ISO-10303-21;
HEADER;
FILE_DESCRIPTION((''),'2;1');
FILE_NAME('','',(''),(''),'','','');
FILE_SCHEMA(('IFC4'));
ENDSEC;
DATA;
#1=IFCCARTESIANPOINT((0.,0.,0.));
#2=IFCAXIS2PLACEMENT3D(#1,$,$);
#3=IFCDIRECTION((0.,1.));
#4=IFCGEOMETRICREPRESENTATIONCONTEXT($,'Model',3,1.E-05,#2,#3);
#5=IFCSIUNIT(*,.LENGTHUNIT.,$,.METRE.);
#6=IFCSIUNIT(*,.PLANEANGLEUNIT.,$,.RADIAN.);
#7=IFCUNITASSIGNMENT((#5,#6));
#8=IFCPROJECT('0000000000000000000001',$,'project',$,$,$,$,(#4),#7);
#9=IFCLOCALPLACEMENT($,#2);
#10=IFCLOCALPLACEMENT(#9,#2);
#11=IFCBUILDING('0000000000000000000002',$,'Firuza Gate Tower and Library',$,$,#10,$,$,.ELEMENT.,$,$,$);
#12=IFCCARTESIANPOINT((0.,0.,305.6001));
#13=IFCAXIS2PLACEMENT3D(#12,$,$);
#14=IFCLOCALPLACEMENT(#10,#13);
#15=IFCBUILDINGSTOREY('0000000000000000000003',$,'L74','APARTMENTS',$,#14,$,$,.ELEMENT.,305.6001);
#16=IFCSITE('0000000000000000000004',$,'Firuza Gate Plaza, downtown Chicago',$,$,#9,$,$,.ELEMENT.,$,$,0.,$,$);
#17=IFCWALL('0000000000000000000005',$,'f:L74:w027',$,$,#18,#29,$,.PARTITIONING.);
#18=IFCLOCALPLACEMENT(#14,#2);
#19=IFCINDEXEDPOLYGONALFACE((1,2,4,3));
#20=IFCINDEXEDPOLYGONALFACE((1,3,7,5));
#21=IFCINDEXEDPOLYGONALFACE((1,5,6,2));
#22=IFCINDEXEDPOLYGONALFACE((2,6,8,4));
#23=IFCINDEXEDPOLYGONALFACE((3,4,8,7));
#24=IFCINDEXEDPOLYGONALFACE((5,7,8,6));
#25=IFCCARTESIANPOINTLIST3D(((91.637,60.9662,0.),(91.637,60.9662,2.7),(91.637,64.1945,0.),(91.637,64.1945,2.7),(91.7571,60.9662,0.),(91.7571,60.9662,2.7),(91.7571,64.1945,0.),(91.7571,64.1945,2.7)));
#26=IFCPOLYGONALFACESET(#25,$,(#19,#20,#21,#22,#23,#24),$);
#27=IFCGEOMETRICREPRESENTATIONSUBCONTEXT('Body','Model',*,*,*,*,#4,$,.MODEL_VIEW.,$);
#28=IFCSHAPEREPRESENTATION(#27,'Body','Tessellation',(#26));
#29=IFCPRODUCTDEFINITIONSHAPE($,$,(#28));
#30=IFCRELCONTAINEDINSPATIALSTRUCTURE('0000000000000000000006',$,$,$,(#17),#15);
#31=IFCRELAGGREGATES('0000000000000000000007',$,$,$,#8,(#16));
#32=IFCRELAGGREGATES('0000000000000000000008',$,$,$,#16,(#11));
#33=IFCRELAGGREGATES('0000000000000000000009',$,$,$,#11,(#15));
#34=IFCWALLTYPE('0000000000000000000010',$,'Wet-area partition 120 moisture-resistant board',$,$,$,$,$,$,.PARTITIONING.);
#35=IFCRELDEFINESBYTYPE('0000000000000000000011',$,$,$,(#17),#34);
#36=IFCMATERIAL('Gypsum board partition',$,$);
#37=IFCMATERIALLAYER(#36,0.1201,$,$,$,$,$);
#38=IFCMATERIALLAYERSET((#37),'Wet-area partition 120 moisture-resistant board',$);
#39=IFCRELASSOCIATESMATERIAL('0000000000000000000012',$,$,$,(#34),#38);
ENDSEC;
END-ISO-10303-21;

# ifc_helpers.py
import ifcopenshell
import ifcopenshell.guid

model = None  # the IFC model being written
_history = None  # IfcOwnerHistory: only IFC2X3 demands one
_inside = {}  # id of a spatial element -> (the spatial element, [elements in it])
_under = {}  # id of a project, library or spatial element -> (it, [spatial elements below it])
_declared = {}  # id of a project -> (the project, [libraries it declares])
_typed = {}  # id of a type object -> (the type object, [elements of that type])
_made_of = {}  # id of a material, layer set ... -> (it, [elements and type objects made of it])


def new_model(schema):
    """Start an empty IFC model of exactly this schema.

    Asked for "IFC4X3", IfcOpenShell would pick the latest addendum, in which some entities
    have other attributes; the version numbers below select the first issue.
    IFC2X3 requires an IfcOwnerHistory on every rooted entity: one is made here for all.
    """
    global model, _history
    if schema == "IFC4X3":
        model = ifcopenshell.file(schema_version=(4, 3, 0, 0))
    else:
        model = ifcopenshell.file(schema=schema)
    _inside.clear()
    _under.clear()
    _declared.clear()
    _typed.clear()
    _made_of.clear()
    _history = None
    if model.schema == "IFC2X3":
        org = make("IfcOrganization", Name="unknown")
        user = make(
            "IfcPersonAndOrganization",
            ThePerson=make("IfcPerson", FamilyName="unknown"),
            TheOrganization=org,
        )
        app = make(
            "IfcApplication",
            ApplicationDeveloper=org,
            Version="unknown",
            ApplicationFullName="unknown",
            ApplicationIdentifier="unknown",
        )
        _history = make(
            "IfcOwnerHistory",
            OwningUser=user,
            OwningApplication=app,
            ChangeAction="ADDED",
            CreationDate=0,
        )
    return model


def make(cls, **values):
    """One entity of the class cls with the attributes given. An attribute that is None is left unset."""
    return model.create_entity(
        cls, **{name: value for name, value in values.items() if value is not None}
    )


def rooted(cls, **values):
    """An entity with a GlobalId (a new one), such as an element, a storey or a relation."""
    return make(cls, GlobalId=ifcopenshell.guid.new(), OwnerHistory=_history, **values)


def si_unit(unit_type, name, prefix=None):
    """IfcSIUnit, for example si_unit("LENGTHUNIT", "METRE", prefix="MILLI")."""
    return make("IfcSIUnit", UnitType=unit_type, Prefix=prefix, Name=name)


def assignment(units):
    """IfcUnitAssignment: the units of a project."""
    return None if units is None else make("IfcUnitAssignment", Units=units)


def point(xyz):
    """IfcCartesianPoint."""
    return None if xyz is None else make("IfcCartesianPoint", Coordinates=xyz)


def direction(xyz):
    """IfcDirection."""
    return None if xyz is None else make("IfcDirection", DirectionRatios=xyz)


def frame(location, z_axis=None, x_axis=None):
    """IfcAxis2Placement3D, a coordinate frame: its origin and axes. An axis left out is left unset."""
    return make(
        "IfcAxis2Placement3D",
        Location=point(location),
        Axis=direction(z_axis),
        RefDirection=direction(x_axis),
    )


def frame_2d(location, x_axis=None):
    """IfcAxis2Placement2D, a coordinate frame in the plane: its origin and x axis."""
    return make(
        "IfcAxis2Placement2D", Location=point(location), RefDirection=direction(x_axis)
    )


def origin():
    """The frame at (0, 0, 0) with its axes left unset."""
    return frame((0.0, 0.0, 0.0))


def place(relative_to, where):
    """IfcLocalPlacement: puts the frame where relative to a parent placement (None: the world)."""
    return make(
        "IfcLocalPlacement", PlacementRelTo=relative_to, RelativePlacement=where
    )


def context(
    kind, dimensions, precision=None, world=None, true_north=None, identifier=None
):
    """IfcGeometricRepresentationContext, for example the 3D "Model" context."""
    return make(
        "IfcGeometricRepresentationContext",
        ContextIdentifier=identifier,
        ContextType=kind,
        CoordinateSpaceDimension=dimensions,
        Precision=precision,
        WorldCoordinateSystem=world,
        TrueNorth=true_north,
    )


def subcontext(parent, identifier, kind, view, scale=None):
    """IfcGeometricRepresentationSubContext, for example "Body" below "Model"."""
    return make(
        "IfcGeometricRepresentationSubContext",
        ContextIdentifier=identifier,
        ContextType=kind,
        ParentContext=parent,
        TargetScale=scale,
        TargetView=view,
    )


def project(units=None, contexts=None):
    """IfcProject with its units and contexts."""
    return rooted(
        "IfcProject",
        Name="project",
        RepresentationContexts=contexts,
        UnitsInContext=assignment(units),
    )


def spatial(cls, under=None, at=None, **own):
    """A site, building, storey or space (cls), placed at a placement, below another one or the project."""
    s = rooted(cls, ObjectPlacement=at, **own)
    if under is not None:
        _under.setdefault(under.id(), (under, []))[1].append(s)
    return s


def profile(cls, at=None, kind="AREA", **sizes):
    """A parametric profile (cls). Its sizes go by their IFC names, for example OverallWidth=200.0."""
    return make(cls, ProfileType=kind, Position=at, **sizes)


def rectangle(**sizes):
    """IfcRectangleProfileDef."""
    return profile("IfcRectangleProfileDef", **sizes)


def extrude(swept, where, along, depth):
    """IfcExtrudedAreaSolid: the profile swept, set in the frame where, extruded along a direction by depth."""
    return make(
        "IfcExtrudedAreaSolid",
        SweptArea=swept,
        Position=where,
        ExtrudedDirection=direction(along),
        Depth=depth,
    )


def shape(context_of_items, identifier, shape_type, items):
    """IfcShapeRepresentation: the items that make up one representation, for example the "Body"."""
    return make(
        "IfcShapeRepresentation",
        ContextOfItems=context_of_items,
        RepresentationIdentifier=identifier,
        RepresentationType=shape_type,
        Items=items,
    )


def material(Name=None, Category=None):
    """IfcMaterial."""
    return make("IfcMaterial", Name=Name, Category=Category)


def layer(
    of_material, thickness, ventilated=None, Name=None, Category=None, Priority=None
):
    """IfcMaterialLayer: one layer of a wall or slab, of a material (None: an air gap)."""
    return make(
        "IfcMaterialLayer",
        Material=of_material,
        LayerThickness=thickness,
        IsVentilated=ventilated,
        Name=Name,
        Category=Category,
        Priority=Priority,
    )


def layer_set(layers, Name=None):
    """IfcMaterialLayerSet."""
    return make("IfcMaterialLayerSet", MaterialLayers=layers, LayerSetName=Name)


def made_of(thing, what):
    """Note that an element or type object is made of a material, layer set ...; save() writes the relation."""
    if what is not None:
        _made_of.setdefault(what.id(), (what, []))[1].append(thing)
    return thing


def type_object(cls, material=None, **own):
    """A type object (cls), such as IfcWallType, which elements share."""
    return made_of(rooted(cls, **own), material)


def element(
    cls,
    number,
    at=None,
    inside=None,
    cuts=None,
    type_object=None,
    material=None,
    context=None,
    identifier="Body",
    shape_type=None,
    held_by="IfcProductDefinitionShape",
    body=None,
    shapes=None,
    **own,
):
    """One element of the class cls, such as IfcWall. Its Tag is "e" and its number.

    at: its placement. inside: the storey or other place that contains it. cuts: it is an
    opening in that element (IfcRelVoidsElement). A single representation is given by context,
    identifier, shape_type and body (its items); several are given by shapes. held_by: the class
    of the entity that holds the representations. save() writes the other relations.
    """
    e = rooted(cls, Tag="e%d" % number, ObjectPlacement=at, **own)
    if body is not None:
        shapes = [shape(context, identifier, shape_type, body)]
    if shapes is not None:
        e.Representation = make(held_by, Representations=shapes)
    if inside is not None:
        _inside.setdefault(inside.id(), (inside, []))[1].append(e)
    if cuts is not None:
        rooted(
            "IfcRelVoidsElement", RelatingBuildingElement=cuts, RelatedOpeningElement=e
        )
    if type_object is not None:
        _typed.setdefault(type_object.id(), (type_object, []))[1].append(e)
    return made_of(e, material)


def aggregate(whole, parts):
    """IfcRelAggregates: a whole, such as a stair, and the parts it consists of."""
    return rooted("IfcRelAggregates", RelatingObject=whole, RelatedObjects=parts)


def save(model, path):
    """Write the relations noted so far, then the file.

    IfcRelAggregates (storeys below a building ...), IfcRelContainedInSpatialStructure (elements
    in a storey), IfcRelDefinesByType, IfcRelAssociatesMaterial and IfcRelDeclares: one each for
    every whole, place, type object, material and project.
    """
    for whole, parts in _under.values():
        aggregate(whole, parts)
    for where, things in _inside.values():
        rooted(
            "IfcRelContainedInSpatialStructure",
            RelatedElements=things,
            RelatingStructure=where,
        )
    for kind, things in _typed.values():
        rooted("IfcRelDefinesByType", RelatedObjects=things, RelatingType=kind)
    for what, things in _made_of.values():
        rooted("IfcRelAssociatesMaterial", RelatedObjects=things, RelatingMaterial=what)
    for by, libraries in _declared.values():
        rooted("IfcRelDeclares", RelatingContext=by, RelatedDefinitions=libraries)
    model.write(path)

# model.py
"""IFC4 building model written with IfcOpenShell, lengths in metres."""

from ifc_helpers import new_model, si_unit, direction, frame, frame_2d, origin, place, context, subcontext, project, spatial, rectangle, extrude, material, layer, layer_set, type_object, element, save


model = new_model("IFC4")

# Units and contexts
model_context = context("Model", 3, precision=1e-05, world=origin(), true_north=direction((0.0, 1.0)))
body_context = subcontext(model_context, "Body", "Model", "MODEL_VIEW")
ifc_project = project(units=[si_unit("LENGTHUNIT", "METRE"), si_unit("PLANEANGLEUNIT", "RADIAN")], contexts=[model_context])

# Site, building, storey
site_placement = place(None, origin())
site = spatial("IfcSite", under=ifc_project, at=site_placement, Name="Firuza Gate Plaza, downtown Chicago", CompositionType="ELEMENT", RefElevation=0.0)
building_placement = place(site_placement, origin())
building = spatial("IfcBuilding", under=site, at=building_placement, Name="Firuza Gate Tower and Library", CompositionType="ELEMENT")
storey_placement = place(building_placement, frame((0.0, 0.0, 305.6001)))
storey = spatial("IfcBuildingStorey", under=building, at=storey_placement, Name="L74", Description="APARTMENTS", CompositionType="ELEMENT", Elevation=305.6001)

# Wall
ifc_material_1 = material(Name="Gypsum board partition")
ifc_layer_1 = layer(ifc_material_1, 0.1201)
ifc_layer_set_1 = layer_set([ifc_layer_1], Name="Wet-area partition 120 moisture-resistant board")
wall_type_1 = type_object("IfcWallType", Name="Wet-area partition 120 moisture-resistant board", PredefinedType="PARTITIONING", material=ifc_layer_set_1)
wall_1_placement = place(storey_placement, frame((91.697, 60.9661, 0.0), z_axis=(0.0, 0.0, 1.0), x_axis=(0.0, 1.0, 0.0)))
element("IfcWall", 1, at=wall_1_placement, inside=storey, type_object=wall_type_1, Name="f:L74:w027", PredefinedType="PARTITIONING", context=body_context, shape_type="SweptSolid", body=[
    extrude(rectangle(XDim=3.2283, YDim=0.1201, at=frame_2d((1.6143, 0.0))), origin(), (0.0, 0.0, 1.0), 2.7),
])

save(model, "model.ifc")
